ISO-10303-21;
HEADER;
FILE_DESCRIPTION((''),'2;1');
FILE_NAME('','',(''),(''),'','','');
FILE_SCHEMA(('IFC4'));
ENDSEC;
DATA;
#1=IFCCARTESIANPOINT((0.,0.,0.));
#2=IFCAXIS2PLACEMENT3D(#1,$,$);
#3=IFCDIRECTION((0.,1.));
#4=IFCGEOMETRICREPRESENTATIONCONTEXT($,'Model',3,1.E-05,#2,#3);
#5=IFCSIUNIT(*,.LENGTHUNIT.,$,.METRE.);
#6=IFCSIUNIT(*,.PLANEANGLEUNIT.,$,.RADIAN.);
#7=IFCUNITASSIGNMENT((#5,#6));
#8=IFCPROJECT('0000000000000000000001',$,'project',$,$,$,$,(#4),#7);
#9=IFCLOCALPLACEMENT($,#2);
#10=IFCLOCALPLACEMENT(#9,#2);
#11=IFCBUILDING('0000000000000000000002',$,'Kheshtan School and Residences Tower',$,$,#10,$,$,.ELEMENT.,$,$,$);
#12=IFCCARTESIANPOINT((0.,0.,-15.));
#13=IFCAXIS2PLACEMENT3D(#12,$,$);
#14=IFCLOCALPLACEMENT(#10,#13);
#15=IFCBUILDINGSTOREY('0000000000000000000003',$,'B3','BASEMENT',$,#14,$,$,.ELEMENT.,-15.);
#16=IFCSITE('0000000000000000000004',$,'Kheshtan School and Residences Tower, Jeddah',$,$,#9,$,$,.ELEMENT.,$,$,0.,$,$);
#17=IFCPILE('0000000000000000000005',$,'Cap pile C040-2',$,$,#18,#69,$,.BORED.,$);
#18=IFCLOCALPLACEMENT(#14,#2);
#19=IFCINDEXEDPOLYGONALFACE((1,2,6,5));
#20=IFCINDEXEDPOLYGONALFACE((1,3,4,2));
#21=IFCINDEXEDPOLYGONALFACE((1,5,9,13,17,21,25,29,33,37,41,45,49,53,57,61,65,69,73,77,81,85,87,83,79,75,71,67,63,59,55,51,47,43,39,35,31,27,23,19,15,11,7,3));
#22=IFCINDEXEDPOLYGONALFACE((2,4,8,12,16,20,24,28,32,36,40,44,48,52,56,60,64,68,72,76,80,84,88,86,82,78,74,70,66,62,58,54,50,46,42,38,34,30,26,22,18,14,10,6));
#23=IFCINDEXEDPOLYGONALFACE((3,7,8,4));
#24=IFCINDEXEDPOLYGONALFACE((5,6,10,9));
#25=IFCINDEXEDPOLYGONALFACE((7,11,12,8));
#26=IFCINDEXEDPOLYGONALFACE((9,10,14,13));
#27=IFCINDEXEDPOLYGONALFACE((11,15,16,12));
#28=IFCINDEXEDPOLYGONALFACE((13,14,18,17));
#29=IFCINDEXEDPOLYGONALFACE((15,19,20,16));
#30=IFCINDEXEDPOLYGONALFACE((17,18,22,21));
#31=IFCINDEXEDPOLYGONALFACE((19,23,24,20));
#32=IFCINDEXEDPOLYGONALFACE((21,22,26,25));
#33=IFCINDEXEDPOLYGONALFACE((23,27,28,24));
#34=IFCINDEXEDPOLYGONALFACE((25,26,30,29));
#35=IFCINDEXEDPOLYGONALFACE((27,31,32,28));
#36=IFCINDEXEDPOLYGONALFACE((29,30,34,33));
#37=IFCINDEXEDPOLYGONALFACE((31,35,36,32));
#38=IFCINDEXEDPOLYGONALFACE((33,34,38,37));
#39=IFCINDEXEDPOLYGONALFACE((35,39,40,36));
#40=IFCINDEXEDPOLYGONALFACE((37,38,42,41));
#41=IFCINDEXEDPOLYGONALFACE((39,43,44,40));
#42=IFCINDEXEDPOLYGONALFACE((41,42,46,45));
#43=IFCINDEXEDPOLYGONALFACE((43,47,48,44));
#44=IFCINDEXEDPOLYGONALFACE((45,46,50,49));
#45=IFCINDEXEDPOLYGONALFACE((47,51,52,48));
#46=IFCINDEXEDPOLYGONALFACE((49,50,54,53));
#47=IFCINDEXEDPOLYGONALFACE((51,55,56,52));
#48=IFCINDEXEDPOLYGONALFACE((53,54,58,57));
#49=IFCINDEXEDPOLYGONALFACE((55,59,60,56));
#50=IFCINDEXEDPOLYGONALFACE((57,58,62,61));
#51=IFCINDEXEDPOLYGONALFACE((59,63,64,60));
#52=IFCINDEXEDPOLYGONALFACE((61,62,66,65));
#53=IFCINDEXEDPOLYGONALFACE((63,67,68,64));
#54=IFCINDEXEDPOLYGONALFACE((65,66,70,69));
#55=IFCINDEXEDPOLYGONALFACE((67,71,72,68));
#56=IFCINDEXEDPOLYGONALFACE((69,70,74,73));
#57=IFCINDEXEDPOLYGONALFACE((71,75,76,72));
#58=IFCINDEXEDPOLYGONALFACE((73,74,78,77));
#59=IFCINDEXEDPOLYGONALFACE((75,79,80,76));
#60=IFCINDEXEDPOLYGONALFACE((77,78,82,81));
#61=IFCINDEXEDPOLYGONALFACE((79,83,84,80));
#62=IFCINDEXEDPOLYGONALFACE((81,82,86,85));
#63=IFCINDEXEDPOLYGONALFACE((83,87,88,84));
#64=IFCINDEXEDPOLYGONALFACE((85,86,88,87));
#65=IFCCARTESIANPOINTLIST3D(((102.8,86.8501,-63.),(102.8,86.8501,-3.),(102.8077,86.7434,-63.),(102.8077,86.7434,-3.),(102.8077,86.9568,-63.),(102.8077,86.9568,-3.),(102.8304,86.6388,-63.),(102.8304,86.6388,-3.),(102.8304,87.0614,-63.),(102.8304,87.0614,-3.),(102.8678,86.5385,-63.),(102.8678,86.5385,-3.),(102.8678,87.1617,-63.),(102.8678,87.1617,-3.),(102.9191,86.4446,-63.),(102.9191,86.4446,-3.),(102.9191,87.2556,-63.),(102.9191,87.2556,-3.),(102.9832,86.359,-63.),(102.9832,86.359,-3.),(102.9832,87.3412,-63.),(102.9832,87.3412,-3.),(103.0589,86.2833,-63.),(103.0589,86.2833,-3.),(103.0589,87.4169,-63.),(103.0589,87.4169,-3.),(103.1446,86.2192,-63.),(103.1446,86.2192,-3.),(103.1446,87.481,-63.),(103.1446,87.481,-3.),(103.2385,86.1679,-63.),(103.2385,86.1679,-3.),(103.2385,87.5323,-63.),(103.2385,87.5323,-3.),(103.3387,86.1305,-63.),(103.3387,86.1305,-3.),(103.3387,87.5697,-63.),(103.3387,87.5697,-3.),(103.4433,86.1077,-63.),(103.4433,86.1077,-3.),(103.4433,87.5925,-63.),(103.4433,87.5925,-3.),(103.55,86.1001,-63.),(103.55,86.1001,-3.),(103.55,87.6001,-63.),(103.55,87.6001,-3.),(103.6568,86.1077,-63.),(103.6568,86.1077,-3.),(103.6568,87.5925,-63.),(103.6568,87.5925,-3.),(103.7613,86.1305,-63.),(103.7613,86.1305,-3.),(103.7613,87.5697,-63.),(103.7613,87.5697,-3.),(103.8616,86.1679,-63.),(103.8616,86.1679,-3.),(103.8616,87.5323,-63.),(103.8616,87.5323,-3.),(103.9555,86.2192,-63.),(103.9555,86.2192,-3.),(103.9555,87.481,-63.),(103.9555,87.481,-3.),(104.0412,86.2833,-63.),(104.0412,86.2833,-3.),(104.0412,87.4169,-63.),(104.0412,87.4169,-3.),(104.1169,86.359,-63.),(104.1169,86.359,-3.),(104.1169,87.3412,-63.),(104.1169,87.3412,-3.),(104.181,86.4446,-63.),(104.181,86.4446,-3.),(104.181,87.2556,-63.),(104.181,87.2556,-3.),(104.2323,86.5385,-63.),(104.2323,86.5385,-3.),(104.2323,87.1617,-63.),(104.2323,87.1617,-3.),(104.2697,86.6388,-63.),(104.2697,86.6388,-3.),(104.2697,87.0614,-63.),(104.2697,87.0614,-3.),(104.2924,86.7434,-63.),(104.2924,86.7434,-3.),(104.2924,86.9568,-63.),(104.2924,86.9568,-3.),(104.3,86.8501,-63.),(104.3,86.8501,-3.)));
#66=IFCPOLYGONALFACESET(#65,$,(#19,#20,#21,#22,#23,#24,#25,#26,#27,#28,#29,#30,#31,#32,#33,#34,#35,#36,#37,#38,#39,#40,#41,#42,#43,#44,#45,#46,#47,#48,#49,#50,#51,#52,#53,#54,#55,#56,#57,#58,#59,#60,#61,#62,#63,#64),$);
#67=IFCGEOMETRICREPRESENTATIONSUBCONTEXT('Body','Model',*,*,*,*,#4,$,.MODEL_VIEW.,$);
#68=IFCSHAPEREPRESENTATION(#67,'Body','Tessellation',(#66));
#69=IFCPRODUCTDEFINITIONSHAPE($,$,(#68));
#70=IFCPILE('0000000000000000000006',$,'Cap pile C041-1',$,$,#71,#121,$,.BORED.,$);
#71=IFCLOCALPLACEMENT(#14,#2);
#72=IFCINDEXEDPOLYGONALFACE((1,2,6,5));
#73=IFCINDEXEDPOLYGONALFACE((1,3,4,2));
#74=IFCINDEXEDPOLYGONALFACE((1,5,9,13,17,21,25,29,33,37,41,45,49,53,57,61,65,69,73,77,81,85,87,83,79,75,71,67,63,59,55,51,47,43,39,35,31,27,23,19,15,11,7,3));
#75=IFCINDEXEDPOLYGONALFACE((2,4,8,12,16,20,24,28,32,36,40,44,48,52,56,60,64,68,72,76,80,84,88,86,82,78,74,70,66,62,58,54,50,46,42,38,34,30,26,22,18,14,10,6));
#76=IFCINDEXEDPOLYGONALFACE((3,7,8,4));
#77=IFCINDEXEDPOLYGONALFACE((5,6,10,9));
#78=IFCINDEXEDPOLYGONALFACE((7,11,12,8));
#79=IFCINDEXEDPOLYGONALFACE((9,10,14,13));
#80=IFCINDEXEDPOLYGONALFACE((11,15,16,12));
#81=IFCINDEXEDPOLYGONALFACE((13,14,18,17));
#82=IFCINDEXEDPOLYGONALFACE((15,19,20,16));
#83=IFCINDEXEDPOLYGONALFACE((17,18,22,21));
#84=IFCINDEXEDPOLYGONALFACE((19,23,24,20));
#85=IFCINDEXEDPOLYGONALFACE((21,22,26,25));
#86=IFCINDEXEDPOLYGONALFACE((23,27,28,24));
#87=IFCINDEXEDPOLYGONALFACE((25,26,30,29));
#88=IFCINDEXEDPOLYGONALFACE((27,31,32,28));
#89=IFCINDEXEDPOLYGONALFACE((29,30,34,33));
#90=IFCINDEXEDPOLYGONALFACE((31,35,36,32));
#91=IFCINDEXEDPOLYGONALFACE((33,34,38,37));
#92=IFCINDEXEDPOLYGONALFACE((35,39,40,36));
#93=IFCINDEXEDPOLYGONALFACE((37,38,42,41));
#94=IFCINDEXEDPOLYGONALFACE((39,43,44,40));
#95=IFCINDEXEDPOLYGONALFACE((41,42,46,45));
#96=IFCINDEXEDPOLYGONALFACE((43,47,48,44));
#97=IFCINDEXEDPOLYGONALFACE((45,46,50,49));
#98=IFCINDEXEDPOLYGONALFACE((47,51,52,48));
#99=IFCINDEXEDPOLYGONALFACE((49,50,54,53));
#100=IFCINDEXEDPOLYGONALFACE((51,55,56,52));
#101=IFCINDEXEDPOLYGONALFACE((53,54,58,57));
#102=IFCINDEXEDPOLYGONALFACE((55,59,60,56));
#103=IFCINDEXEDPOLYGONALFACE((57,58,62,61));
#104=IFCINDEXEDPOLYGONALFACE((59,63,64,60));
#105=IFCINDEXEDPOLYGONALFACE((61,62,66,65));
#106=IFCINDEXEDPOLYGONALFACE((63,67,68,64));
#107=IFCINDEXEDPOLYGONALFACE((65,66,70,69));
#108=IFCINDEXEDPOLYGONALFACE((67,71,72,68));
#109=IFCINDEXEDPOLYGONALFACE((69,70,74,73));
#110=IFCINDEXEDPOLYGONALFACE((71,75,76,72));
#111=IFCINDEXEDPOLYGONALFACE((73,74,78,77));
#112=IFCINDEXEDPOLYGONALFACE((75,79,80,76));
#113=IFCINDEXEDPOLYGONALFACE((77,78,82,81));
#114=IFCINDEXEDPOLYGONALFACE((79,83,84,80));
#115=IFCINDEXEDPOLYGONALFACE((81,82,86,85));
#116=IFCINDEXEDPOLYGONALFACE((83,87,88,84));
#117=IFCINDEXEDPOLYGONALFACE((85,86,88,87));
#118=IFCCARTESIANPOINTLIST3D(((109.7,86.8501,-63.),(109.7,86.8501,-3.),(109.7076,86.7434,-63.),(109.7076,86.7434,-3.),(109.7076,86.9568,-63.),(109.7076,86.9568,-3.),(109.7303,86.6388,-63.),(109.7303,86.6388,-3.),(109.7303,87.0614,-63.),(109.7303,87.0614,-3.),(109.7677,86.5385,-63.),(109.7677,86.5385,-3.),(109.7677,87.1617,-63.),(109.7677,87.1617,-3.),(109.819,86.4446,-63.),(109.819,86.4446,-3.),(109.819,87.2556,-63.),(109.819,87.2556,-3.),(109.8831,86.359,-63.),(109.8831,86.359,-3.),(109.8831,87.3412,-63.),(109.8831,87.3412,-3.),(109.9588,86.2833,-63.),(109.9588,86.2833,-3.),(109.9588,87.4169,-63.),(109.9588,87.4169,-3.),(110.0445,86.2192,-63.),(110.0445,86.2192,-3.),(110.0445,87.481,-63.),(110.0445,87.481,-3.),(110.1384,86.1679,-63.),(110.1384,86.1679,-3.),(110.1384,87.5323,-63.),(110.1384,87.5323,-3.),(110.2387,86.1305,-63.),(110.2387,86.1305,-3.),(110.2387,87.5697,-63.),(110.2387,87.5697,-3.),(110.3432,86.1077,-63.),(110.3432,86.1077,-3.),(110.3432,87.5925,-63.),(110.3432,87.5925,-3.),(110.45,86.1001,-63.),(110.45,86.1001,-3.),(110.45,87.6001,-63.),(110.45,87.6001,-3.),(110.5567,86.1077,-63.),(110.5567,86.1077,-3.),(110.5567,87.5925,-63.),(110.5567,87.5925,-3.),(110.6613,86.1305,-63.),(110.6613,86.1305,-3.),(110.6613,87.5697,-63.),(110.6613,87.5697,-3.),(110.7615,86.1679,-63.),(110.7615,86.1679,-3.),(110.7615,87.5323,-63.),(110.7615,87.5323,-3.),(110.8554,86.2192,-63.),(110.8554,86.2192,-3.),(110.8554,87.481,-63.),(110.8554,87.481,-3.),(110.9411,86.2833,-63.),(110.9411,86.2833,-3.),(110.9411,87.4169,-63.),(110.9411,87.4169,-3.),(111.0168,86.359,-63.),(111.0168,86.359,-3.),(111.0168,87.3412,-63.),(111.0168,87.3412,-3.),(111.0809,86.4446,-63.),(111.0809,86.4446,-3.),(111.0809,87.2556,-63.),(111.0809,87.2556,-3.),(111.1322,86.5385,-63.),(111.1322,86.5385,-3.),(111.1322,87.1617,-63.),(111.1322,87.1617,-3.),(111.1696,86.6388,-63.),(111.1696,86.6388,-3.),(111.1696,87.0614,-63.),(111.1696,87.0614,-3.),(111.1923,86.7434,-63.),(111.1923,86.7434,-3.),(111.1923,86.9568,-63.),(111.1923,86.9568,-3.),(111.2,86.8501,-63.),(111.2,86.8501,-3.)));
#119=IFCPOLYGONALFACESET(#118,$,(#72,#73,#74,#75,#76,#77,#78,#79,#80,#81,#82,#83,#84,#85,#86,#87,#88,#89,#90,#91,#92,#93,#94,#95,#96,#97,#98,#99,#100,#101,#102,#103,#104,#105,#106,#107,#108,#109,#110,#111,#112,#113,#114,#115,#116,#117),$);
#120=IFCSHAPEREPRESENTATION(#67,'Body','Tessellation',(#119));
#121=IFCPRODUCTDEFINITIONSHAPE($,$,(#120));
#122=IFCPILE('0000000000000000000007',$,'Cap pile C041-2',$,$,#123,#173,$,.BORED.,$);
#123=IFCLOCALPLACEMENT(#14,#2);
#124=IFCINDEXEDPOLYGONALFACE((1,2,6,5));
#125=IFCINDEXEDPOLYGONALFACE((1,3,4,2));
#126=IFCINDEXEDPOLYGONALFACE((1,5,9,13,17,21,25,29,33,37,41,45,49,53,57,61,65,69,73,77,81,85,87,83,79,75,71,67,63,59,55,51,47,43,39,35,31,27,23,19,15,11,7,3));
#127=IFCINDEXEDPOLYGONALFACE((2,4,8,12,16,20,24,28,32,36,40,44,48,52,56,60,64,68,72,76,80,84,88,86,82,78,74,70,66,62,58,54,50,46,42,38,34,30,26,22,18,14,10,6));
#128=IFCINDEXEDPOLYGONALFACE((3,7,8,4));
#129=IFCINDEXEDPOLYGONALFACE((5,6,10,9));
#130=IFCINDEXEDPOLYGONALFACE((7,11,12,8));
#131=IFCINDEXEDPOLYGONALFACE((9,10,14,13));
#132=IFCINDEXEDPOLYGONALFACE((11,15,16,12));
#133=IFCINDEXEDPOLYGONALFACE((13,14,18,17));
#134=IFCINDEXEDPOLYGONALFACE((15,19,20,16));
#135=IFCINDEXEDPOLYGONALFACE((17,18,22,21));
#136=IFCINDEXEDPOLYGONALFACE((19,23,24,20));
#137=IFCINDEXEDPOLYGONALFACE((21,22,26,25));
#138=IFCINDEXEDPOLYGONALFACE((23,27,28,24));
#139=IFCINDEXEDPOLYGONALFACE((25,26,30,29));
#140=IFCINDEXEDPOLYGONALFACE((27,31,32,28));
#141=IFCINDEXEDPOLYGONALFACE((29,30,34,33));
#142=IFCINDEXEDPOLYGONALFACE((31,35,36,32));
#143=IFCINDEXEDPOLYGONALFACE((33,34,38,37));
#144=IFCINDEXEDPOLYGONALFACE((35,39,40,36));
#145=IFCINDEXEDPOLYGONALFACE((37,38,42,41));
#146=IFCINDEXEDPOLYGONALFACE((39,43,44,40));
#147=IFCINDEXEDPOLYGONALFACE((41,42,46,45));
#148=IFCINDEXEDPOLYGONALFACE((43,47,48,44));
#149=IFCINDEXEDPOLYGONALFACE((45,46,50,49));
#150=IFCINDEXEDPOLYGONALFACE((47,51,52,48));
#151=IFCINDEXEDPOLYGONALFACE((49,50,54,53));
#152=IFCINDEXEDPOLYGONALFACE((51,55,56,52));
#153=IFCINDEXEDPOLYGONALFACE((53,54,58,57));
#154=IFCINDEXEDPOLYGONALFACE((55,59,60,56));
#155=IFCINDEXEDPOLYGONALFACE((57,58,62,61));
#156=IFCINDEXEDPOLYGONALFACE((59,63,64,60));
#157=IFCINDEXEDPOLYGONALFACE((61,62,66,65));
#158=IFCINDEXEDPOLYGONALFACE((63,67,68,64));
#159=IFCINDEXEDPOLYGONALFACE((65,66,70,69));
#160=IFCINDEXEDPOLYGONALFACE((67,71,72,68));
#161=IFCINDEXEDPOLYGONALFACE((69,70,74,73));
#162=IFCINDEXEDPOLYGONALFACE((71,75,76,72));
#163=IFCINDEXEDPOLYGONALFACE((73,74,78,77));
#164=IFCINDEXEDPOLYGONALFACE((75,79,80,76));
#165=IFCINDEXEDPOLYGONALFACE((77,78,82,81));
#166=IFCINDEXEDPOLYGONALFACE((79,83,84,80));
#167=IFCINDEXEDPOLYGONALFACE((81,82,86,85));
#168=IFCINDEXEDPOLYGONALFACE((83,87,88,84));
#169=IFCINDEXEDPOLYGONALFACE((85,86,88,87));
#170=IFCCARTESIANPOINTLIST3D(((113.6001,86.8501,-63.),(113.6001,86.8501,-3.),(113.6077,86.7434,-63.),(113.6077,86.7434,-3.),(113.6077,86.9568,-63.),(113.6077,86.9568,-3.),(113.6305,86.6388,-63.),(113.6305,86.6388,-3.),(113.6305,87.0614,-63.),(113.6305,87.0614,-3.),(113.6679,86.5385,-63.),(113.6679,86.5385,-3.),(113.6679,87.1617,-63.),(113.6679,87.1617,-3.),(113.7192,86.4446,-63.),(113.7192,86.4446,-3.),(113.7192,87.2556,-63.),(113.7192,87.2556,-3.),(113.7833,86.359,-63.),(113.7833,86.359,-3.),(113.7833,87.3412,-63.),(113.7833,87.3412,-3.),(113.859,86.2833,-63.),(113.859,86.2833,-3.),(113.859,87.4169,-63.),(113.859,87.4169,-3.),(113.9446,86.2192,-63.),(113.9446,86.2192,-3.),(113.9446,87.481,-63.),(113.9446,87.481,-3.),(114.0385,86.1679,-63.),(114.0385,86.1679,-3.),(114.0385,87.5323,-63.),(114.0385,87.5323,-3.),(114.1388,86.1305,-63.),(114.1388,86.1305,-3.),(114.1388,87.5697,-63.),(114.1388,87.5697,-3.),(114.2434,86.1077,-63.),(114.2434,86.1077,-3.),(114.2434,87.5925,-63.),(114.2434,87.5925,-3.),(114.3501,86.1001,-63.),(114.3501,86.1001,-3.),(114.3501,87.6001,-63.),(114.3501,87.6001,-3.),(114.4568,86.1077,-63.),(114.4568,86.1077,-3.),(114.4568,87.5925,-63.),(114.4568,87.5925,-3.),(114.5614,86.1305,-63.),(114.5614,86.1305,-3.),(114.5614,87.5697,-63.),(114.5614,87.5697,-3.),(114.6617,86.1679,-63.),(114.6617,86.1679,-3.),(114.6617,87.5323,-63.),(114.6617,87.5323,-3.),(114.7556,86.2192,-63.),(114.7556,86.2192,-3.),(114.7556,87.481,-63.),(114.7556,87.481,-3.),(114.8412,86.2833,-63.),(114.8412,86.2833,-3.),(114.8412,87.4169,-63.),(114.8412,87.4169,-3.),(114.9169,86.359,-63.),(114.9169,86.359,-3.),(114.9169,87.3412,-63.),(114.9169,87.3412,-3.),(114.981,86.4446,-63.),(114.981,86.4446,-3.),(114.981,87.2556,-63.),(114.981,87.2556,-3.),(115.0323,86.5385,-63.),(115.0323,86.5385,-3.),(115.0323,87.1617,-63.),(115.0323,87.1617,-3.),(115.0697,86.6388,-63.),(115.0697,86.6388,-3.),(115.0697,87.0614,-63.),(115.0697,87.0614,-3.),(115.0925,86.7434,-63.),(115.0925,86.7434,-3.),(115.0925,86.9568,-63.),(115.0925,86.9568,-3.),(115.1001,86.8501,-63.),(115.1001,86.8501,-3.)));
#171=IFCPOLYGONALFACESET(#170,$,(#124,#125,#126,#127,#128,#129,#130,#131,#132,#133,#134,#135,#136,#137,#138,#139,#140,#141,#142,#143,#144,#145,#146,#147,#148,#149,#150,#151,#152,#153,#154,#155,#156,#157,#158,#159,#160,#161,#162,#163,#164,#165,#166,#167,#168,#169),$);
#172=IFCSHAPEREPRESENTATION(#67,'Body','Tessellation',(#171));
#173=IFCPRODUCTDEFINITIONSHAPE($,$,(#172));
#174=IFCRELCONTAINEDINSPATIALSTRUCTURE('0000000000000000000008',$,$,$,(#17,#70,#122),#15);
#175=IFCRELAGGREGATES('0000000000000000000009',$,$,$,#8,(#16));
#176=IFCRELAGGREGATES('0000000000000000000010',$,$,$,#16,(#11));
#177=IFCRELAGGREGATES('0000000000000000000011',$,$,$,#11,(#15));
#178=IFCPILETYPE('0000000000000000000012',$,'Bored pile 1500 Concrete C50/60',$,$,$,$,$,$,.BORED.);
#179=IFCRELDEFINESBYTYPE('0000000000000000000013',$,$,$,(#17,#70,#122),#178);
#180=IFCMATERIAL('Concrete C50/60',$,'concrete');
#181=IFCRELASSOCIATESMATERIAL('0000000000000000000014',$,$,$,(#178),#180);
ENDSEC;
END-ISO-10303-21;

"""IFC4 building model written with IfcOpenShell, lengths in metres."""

from ifc_helpers import new_model, si_unit, direction, frame, origin, origin_2d, place, context, subcontext, project, spatial, circle, extrude, material, material_profile, profile_set, type_object, element, save


model = new_model("IFC4")

# Units and contexts
model_context = context("Model", 3, precision=1e-05, world=origin(), true_north=direction((0.0, 1.0)))
body_context = subcontext(model_context, "Body", "Model", "MODEL_VIEW")
ifc_project = project(units=[si_unit("LENGTHUNIT", "METRE"), si_unit("PLANEANGLEUNIT", "RADIAN")], contexts=[model_context])

# Site, building, storey
site_placement = place(None, origin())
site = spatial("IfcSite", under=ifc_project, at=site_placement, Name="Kheshtan School and Residences Tower, Jeddah", CompositionType="ELEMENT", RefElevation=0.0)
building_placement = place(site_placement, origin())
building = spatial("IfcBuilding", under=site, at=building_placement, Name="Kheshtan School and Residences Tower", CompositionType="ELEMENT")
storey_placement = place(building_placement, frame((0.0, 0.0, -15.0)))
storey = spatial("IfcBuildingStorey", under=building, at=storey_placement, Name="B3", Description="BASEMENT", CompositionType="ELEMENT", Elevation=-15.0)

# Piles
ifc_material_1 = material(Name="Concrete C50/60", Category="concrete")
ifc_material_profile_1 = material_profile(ifc_material_1, circle(Radius=0.75, at=origin_2d()), Name="BP 1500")
ifc_profile_set_1 = profile_set([ifc_material_profile_1], Name="Concrete C50/60")
pile_type = type_object("IfcPileType", Name="Bored pile 1500 Concrete C50/60", PredefinedType="BORED", material=ifc_profile_set_1)
for number, where, z_axis, x_axis, name in (
    (1, (103.55, 86.8501, -3.0), (0.0, 0.0, -1.0), (1.0, 0.0, 0.0), "Cap pile C040-2"),
    (2, (110.45, 86.8501, -3.0), (0.0, 0.0, -1.0), (1.0, 0.0, 0.0), "Cap pile C041-1"),
    (3, (114.3501, 86.8501, -3.0), (0.0, 0.0, -1.0), (1.0, 0.0, 0.0), "Cap pile C041-2"),
):
    element("IfcPile", number, at=place(storey_placement, frame(where, z_axis=z_axis, x_axis=x_axis)), inside=storey, type_object=pile_type, Name=name, PredefinedType="BORED", context=body_context, shape_type="SweptSolid", body=[
        extrude(circle(Radius=0.75, at=origin_2d()), origin(), (0.0, 0.0, 1.0), 60.0),
    ])

save(model, "model.ifc")
